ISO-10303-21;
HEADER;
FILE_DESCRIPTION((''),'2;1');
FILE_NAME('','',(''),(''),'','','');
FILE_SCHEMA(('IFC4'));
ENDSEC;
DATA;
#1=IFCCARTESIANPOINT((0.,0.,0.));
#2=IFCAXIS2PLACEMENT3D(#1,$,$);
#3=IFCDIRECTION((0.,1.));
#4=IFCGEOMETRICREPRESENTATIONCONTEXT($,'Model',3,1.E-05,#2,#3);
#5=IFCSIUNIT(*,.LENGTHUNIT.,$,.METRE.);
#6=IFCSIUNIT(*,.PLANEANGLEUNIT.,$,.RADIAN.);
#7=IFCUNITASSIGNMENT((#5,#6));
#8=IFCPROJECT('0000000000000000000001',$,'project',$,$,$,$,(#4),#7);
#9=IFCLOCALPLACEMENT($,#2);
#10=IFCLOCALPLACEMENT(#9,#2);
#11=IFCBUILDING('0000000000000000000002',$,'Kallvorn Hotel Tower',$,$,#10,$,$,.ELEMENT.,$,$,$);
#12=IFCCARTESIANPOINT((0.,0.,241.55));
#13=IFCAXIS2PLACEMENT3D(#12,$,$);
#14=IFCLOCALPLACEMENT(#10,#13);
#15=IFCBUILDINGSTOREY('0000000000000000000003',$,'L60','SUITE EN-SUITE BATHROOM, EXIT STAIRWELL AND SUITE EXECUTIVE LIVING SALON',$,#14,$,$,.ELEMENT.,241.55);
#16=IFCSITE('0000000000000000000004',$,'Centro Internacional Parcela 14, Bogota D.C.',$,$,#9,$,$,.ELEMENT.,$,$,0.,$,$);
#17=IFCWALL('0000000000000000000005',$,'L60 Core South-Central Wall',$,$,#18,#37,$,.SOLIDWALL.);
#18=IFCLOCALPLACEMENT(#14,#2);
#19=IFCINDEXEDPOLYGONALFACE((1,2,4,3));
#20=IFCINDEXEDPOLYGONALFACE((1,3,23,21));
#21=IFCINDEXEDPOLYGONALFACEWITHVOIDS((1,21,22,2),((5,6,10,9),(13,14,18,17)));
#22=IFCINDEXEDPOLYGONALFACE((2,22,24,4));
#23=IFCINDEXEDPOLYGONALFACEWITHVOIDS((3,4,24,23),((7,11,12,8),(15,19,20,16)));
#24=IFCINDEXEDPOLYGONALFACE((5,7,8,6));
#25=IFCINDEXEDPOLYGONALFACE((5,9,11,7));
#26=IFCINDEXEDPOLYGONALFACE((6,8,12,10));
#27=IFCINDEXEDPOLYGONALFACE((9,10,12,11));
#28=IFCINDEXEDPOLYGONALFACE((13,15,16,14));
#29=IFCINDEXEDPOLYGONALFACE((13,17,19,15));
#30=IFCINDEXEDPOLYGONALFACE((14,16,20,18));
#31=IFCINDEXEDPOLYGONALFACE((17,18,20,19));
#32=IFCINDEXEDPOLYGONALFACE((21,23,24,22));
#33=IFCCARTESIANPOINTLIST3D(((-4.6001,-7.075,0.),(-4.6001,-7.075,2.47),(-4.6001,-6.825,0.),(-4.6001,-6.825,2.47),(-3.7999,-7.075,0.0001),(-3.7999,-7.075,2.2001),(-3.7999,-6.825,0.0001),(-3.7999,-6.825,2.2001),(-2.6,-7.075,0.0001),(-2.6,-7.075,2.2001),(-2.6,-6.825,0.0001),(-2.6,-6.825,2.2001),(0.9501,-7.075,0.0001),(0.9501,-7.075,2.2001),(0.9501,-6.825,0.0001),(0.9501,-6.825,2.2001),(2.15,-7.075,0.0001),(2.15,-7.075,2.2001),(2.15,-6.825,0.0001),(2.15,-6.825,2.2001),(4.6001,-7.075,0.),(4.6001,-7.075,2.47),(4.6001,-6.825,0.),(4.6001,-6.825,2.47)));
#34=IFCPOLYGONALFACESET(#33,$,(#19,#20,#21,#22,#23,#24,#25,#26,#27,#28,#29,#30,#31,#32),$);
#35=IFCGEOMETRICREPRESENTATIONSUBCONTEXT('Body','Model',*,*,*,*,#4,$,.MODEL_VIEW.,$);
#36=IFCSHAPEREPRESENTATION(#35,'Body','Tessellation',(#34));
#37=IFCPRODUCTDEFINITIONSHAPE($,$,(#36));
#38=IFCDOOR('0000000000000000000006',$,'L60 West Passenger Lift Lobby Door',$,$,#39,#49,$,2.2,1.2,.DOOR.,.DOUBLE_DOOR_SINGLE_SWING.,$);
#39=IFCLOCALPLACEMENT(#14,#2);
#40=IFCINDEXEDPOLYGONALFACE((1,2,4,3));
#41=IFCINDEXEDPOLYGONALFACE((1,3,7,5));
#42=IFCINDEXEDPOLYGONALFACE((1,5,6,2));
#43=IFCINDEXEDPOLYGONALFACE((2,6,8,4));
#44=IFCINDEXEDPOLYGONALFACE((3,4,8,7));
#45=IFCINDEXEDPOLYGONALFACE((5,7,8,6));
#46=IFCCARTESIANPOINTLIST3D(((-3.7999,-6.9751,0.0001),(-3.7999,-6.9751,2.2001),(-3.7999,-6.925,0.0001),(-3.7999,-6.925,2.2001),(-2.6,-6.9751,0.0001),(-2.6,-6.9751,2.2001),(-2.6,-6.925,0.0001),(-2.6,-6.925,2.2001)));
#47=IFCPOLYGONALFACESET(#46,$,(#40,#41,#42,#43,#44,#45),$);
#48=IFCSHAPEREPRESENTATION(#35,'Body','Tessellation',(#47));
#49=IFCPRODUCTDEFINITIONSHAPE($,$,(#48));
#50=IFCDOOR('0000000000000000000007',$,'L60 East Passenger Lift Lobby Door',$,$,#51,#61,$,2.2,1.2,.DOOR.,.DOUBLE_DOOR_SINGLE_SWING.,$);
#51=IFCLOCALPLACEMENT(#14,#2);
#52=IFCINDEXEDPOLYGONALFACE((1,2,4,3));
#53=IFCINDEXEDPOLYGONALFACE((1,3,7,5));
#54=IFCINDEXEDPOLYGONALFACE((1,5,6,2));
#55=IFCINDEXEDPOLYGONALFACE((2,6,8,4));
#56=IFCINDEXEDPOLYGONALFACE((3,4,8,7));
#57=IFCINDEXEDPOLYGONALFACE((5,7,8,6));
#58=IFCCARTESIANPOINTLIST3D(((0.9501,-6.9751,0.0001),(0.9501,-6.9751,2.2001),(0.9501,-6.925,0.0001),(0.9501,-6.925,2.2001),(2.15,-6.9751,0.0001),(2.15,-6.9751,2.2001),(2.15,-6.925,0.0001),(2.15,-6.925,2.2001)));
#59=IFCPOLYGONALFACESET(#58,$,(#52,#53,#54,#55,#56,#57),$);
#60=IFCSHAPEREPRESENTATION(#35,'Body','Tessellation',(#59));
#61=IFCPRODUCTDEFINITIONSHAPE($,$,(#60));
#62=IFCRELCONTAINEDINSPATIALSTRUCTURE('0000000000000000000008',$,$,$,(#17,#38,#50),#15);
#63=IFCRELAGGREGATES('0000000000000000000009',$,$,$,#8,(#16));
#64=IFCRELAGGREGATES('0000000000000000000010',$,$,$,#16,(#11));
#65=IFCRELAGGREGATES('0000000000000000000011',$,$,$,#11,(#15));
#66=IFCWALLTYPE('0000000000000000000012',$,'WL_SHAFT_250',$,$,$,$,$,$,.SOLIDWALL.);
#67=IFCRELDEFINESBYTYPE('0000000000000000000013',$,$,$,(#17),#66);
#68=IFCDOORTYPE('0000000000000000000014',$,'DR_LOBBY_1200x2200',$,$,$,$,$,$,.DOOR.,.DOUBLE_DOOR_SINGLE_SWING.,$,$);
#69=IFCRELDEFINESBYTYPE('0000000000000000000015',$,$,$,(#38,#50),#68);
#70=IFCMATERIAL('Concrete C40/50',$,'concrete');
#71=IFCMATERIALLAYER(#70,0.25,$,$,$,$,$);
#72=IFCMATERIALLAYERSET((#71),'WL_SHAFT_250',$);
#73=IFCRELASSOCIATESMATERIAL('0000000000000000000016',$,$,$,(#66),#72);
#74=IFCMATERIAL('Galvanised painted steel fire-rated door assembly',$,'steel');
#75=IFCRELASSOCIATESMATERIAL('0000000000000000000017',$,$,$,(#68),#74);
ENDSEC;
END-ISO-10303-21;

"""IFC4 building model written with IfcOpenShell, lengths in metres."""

from ifc_helpers import new_model, si_unit, direction, frame, frame_2d, origin, place, context, subcontext, project, spatial, rectangle, extrude, material, layer, layer_set, type_object, element, fill, save


model = new_model("IFC4")

# Units and contexts
model_context = context("Model", 3, precision=1e-05, world=origin(), true_north=direction((0.0, 1.0)))
body_context = subcontext(model_context, "Body", "Model", "MODEL_VIEW")
ifc_project = project(units=[si_unit("LENGTHUNIT", "METRE"), si_unit("PLANEANGLEUNIT", "RADIAN")], contexts=[model_context])

# Site, building, storey
site_placement = place(None, origin())
site = spatial("IfcSite", under=ifc_project, at=site_placement, Name="Centro Internacional Parcela 14, Bogota D.C.", CompositionType="ELEMENT", RefElevation=0.0)
building_placement = place(site_placement, origin())
building = spatial("IfcBuilding", under=site, at=building_placement, Name="Kallvorn Hotel Tower", CompositionType="ELEMENT")
storey_placement = place(building_placement, frame((0.0, 0.0, 241.55)))
storey = spatial("IfcBuildingStorey", under=building, at=storey_placement, Name="L60", Description="SUITE EN-SUITE BATHROOM, EXIT STAIRWELL AND SUITE EXECUTIVE LIVING SALON", CompositionType="ELEMENT", Elevation=241.55)

# Wall, openings, doors
ifc_material_1 = material(Name="Concrete C40/50", Category="concrete")
ifc_layer_1 = layer(ifc_material_1, 0.25)
ifc_layer_set_1 = layer_set([ifc_layer_1], Name="WL_SHAFT_250")
wall_type_1 = type_object("IfcWallType", Name="WL_SHAFT_250", PredefinedType="SOLIDWALL", material=ifc_layer_set_1)
wall_1_placement = place(storey_placement, frame((-4.6001, -6.95, 0.0), z_axis=(0.0, 0.0, 1.0), x_axis=(1.0, 0.0, 0.0)))
wall_1 = element("IfcWall", 1, at=wall_1_placement, inside=storey, type_object=wall_type_1, Name="L60 Core South-Central Wall", PredefinedType="SOLIDWALL", context=body_context, shape_type="SweptSolid", body=[
    extrude(rectangle(XDim=9.2002, YDim=0.25, at=frame_2d((4.6001, 0.0))), origin(), (0.0, 0.0, 1.0), 2.47),
])
opening_1_placement = place(wall_1_placement, frame((0.8, 0.0, 0.0)))
opening_1 = element("IfcOpeningElement", 2, at=opening_1_placement, cuts=wall_1, PredefinedType="OPENING", context=body_context, shape_type="SweptSolid", body=[
    extrude(rectangle(XDim=1.2, YDim=2.2, at=frame_2d((0.6001, 1.1001))), frame((0.0, 0.1399, 0.0), z_axis=(0.0, -1.0, 0.0), x_axis=(1.0, 0.0, 0.0)), (0.0, 0.0, 1.0), 0.28),
])
opening_2_placement = place(wall_1_placement, frame((5.55, 0.0, 0.0)))
opening_2 = element("IfcOpeningElement", 3, at=opening_2_placement, cuts=wall_1, PredefinedType="OPENING", context=body_context, shape_type="SweptSolid", body=[
    extrude(rectangle(XDim=1.2, YDim=2.2, at=frame_2d((0.6001, 1.1001))), frame((0.0, 0.1399, 0.0), z_axis=(0.0, -1.0, 0.0), x_axis=(1.0, 0.0, 0.0)), (0.0, 0.0, 1.0), 0.28),
])
ifc_material_2 = material(Name="Galvanised painted steel fire-rated door assembly", Category="steel")
door_type_1 = type_object("IfcDoorType", Name="DR_LOBBY_1200x2200", OperationType="DOUBLE_DOOR_SINGLE_SWING", PredefinedType="DOOR", material=ifc_material_2)
door_1_placement = place(opening_1_placement, origin())
door_1 = element("IfcDoor", 4, at=door_1_placement, inside=storey, type_object=door_type_1, Name="L60 West Passenger Lift Lobby Door", OperationType="DOUBLE_DOOR_SINGLE_SWING", OverallHeight=2.2, OverallWidth=1.2, PredefinedType="DOOR", context=body_context, shape_type="SweptSolid", body=[
    extrude(rectangle(XDim=1.2, YDim=2.2, at=frame_2d((0.6001, 1.1001))), frame((0.0, 0.0249, 0.0), z_axis=(0.0, -1.0, 0.0), x_axis=(1.0, 0.0, 0.0)), (0.0, 0.0, 1.0), 0.05),
])
fill(opening_1, door_1)
door_2_placement = place(opening_2_placement, origin())
door_2 = element("IfcDoor", 5, at=door_2_placement, inside=storey, type_object=door_type_1, Name="L60 East Passenger Lift Lobby Door", OperationType="DOUBLE_DOOR_SINGLE_SWING", OverallHeight=2.2, OverallWidth=1.2, PredefinedType="DOOR", context=body_context, shape_type="SweptSolid", body=[
    extrude(rectangle(XDim=1.2, YDim=2.2, at=frame_2d((0.6001, 1.1001))), frame((0.0, 0.0249, 0.0), z_axis=(0.0, -1.0, 0.0), x_axis=(1.0, 0.0, 0.0)), (0.0, 0.0, 1.0), 0.05),
])
fill(opening_2, door_2)

save(model, "model.ifc")
